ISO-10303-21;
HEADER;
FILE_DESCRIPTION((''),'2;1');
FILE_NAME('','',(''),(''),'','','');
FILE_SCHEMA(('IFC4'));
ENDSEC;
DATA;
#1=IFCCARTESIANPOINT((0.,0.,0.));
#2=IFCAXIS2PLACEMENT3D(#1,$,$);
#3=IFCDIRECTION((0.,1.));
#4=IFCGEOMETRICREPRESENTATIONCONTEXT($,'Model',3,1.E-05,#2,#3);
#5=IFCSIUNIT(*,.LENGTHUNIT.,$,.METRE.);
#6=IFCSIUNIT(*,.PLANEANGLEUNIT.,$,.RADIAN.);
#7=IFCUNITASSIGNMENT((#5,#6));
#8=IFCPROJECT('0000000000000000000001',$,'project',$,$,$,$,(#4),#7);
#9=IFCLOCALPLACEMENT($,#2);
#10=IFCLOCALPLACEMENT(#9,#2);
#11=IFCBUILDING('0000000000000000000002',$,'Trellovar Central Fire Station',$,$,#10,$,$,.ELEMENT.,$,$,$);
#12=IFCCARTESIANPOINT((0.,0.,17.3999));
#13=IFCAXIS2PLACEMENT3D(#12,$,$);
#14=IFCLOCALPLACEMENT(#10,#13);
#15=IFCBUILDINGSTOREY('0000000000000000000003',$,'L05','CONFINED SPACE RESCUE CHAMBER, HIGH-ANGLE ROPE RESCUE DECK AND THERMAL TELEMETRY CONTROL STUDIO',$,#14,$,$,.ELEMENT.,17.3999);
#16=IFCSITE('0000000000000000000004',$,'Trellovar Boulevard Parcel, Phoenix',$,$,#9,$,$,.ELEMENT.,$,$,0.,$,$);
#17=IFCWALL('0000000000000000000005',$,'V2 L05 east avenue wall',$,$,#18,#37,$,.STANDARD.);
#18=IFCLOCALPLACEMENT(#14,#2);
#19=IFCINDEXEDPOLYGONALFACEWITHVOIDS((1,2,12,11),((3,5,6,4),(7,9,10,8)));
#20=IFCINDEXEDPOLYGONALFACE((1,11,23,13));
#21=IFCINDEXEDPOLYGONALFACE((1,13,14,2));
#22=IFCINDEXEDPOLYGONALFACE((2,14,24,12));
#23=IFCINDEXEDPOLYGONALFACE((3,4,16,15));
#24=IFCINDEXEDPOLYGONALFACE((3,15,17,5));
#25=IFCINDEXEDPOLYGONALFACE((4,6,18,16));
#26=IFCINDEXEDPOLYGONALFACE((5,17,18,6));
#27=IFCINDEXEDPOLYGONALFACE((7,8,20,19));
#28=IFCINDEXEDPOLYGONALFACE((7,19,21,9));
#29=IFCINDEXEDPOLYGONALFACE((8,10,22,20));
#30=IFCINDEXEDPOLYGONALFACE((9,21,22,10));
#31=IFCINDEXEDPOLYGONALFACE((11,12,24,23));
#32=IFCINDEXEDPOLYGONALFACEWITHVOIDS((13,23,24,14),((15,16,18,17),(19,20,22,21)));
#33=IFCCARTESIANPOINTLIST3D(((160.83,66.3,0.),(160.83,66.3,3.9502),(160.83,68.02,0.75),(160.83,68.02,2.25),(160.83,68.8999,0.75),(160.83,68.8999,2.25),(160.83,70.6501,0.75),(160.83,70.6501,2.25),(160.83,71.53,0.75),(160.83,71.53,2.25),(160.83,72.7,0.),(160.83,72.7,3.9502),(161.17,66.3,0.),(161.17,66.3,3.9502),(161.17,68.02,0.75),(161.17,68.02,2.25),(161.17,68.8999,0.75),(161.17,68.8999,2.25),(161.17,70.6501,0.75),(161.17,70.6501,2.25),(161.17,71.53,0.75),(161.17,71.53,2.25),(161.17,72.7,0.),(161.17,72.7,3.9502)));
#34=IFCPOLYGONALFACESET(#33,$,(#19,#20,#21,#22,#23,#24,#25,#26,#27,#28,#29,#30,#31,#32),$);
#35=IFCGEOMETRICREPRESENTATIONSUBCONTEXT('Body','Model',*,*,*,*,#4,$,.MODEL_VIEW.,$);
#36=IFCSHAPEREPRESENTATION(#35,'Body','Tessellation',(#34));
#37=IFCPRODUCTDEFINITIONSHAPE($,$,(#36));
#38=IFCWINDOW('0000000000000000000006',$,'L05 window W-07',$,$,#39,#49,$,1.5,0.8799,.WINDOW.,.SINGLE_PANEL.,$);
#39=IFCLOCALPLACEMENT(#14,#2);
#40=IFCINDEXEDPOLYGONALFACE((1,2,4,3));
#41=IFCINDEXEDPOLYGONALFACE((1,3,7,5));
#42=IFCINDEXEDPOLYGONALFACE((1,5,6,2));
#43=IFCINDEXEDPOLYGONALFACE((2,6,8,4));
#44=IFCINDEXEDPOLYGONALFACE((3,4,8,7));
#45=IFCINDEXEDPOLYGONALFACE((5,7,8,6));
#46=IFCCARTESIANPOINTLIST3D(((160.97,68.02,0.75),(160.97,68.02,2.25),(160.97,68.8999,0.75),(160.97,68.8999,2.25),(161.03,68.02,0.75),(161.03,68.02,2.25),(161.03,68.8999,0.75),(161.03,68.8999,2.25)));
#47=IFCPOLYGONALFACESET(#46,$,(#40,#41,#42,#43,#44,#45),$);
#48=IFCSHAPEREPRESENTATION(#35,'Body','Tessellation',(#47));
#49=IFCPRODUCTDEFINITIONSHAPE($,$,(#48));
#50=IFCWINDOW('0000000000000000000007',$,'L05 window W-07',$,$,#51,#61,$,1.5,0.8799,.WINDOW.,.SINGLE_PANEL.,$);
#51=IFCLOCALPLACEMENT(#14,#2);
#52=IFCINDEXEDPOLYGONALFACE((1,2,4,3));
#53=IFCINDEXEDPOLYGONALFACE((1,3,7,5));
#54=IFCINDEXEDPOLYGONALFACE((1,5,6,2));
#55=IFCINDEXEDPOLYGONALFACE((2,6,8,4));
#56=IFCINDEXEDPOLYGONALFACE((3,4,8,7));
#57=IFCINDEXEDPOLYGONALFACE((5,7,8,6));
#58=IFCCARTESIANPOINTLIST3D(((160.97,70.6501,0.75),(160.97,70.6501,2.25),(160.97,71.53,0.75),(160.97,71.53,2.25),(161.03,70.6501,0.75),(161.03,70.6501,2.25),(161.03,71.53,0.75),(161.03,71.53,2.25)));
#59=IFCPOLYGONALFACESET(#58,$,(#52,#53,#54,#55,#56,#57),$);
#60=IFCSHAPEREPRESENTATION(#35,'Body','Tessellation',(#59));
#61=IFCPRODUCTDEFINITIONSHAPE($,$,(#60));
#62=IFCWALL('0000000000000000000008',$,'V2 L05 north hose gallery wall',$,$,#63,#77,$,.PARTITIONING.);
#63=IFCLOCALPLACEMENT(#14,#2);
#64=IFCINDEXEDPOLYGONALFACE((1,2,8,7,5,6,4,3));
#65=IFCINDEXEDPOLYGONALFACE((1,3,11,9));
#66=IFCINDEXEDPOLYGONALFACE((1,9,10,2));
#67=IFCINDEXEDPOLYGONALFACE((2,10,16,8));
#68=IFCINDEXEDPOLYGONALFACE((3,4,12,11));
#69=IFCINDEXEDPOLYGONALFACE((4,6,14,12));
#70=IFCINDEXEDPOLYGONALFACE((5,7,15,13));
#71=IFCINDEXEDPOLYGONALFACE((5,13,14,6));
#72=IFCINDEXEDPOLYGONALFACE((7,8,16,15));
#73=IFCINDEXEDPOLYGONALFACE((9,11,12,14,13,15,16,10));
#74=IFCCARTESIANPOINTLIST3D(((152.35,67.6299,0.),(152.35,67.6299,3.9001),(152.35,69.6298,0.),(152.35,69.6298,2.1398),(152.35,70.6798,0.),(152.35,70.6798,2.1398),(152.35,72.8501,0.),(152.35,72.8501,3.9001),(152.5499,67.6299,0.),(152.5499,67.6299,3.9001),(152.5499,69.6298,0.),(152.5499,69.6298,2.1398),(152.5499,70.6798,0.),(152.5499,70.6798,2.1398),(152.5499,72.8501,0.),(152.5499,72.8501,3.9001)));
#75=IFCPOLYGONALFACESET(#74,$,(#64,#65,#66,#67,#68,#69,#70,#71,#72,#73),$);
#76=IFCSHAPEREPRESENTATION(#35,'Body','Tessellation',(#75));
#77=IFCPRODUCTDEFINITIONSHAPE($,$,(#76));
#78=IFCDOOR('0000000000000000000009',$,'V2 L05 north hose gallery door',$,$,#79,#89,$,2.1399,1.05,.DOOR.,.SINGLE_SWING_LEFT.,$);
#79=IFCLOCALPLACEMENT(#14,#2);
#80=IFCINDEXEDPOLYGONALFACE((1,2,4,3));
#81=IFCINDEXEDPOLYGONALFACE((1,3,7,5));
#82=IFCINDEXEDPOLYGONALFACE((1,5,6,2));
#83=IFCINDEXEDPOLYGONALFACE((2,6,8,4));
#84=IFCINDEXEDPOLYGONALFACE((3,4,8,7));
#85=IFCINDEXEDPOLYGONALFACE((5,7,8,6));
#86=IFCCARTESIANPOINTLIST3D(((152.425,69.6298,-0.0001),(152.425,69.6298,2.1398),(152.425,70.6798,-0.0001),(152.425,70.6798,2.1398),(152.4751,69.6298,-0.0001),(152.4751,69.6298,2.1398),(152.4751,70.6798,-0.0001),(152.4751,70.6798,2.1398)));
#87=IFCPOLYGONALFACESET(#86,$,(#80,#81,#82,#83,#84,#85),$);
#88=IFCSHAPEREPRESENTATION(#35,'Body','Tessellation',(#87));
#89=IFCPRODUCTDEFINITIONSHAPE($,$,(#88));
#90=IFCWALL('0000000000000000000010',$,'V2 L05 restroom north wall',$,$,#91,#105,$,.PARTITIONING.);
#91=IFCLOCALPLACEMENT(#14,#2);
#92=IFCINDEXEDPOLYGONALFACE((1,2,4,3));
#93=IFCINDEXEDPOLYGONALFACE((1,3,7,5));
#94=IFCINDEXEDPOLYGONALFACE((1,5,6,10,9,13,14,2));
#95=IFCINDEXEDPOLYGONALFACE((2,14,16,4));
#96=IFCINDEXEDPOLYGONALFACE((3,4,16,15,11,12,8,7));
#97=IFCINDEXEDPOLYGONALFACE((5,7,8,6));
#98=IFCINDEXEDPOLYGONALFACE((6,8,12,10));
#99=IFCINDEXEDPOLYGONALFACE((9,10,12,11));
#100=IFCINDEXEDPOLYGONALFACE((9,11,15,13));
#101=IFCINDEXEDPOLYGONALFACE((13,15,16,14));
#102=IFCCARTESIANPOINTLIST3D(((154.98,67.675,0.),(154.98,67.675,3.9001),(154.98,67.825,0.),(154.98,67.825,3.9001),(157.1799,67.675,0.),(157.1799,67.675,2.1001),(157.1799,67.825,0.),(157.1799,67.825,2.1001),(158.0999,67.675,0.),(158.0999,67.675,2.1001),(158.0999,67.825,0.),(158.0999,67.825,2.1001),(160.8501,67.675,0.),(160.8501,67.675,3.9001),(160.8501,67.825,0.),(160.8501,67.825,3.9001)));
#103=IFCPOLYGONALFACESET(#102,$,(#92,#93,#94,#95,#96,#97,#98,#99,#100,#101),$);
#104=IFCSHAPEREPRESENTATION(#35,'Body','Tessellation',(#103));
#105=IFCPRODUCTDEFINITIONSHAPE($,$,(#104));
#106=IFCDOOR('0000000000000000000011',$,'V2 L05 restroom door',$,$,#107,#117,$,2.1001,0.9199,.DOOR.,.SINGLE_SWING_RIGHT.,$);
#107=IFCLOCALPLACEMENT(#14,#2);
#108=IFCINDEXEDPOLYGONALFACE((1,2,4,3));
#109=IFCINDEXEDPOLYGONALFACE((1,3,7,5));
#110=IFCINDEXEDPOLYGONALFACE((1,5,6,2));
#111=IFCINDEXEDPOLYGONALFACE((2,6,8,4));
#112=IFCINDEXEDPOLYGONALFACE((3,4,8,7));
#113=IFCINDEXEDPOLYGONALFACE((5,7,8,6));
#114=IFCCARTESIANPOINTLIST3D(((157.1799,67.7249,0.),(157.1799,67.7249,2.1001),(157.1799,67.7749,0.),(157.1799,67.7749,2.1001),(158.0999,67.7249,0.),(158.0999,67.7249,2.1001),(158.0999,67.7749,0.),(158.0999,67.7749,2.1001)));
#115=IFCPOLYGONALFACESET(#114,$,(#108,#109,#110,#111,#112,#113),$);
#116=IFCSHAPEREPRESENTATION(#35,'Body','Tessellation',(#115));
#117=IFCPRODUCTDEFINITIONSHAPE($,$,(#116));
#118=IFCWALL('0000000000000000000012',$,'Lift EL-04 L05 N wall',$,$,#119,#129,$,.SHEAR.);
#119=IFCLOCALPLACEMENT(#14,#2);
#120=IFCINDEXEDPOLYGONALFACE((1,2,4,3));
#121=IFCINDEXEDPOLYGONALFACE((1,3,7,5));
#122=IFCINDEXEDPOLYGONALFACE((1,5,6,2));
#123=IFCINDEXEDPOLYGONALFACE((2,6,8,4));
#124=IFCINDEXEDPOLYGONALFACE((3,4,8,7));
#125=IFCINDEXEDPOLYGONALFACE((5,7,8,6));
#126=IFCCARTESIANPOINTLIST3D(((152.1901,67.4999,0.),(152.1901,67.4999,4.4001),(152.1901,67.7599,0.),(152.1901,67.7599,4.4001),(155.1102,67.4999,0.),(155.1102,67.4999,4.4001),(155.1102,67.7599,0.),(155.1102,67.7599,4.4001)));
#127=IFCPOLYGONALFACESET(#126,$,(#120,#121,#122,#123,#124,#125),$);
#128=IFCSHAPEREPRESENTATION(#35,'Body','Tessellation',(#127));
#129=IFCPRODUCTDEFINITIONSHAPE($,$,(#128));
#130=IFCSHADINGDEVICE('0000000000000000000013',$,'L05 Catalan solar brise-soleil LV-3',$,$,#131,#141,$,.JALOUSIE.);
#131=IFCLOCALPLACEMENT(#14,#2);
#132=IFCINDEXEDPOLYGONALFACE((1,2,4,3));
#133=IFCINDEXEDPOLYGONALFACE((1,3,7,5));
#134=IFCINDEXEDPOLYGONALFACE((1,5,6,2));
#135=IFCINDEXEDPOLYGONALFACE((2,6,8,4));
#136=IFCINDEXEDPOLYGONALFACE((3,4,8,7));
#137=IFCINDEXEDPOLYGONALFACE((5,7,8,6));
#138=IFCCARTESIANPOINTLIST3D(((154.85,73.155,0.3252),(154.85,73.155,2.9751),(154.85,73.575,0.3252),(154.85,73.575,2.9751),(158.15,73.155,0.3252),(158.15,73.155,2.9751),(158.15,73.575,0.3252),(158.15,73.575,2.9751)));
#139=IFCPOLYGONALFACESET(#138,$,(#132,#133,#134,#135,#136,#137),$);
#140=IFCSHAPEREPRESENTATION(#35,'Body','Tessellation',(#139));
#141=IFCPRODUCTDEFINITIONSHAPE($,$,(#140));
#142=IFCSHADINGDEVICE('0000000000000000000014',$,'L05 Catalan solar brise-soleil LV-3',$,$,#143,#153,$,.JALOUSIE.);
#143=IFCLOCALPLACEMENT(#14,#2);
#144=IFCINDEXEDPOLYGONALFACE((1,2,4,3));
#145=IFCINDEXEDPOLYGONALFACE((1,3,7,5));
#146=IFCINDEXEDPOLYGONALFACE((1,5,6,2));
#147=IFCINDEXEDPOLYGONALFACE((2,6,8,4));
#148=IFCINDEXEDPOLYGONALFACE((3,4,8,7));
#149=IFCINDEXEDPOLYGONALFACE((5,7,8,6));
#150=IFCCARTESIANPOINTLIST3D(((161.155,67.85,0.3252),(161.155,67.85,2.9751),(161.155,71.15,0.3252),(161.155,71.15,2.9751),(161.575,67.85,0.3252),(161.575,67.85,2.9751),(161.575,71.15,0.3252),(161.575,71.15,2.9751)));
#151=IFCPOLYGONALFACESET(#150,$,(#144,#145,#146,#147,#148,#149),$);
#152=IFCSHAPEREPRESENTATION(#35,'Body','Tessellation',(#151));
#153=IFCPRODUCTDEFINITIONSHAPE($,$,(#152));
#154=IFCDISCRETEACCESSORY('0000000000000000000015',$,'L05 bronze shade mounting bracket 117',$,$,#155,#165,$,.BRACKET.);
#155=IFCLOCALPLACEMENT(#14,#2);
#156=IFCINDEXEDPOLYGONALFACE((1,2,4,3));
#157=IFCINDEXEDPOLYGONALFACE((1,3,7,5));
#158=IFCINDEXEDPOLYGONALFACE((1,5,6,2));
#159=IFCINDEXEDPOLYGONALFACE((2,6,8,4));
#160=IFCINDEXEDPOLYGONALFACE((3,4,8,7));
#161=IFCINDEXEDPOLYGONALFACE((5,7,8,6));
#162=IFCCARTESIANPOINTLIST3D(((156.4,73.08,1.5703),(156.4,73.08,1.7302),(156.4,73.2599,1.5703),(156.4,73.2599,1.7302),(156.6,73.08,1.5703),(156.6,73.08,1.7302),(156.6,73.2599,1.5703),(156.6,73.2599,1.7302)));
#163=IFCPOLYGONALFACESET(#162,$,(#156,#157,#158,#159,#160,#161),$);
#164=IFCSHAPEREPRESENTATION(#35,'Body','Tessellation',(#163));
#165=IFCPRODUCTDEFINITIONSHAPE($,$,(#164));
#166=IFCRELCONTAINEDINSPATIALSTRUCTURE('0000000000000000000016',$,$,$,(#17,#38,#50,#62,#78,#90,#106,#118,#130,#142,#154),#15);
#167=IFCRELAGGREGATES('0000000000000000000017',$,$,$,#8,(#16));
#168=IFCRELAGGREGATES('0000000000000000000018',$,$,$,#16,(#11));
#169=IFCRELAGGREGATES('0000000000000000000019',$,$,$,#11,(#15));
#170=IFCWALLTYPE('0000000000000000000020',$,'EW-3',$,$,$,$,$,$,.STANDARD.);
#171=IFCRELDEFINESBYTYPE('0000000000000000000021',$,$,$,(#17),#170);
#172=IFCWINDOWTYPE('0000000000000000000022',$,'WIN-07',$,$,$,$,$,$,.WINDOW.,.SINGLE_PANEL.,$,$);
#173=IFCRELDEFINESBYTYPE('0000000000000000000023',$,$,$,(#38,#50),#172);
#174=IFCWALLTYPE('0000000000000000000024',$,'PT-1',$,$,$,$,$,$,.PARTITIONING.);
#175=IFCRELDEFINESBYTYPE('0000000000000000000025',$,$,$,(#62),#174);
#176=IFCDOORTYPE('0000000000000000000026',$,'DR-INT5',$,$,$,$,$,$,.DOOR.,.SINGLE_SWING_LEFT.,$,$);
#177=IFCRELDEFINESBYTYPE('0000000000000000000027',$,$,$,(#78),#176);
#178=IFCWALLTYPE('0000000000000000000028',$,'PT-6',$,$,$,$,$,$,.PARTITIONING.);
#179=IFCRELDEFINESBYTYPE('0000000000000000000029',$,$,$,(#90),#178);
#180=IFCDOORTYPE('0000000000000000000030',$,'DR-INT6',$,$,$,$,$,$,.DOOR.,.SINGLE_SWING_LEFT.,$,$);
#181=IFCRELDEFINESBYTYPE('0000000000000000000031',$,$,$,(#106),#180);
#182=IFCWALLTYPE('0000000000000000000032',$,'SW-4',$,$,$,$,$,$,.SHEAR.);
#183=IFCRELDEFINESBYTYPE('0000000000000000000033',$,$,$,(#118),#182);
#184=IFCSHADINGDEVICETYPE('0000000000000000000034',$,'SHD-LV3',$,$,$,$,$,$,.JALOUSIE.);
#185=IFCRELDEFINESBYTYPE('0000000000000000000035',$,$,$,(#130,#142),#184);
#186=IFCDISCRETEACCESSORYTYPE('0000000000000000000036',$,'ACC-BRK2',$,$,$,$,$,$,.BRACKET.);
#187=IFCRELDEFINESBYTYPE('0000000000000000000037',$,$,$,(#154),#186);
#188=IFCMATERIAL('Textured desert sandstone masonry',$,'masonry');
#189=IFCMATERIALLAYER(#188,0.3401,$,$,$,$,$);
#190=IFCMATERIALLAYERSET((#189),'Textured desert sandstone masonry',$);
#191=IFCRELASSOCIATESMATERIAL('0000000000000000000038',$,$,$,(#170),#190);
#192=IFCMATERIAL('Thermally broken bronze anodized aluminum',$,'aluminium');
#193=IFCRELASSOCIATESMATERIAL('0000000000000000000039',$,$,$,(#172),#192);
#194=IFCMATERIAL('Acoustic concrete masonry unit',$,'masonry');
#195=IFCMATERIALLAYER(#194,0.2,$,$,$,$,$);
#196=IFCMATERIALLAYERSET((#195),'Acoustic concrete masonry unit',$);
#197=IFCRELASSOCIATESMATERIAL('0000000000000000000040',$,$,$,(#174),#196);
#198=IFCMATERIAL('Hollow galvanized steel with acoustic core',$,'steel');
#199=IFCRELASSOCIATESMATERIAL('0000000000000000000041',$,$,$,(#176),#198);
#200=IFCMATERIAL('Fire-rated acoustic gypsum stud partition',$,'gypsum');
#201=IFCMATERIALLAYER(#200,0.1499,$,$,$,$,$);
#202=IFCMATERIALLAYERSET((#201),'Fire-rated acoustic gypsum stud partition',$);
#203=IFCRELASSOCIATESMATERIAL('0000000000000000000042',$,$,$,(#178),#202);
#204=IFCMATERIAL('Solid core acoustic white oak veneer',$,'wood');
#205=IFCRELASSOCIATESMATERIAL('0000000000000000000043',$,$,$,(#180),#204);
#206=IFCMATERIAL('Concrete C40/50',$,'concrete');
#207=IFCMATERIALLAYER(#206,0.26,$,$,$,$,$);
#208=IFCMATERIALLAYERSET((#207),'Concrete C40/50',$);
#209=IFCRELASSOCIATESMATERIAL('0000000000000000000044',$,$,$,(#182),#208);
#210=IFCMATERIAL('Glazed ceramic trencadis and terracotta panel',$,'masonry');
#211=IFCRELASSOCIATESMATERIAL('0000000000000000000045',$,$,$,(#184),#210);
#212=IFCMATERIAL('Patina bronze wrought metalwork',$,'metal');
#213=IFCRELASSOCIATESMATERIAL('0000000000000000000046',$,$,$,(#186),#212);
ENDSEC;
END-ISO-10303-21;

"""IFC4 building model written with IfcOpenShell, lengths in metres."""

from ifc_helpers import new_model, si_unit, direction, frame, frame_2d, origin, origin_2d, place, context, subcontext, project, spatial, rectangle, extrude, material, layer, layer_set, type_object, element, fill, save


model = new_model("IFC4")

# Units and contexts
model_context = context("Model", 3, precision=1e-05, world=origin(), true_north=direction((0.0, 1.0)))
body_context = subcontext(model_context, "Body", "Model", "MODEL_VIEW")
ifc_project = project(units=[si_unit("LENGTHUNIT", "METRE"), si_unit("PLANEANGLEUNIT", "RADIAN")], contexts=[model_context])

# Site, building, storey
site_placement = place(None, origin())
site = spatial("IfcSite", under=ifc_project, at=site_placement, Name="Trellovar Boulevard Parcel, Phoenix", CompositionType="ELEMENT", RefElevation=0.0)
building_placement = place(site_placement, origin())
building = spatial("IfcBuilding", under=site, at=building_placement, Name="Trellovar Central Fire Station", CompositionType="ELEMENT")
storey_placement = place(building_placement, frame((0.0, 0.0, 17.3999)))
storey = spatial("IfcBuildingStorey", under=building, at=storey_placement, Name="L05", Description="CONFINED SPACE RESCUE CHAMBER, HIGH-ANGLE ROPE RESCUE DECK AND THERMAL TELEMETRY CONTROL STUDIO", CompositionType="ELEMENT", Elevation=17.3999)

# Wall, openings, windows
ifc_material_1 = material(Name="Textured desert sandstone masonry", Category="masonry")
ifc_layer_1 = layer(ifc_material_1, 0.3401)
ifc_layer_set_1 = layer_set([ifc_layer_1], Name="Textured desert sandstone masonry")
wall_type_1 = type_object("IfcWallType", Name="EW-3", PredefinedType="STANDARD", material=ifc_layer_set_1)
ifc_material_2 = material(Name="Thermally broken bronze anodized aluminum", Category="aluminium")
window_type = type_object("IfcWindowType", Name="WIN-07", PartitioningType="SINGLE_PANEL", PredefinedType="WINDOW", material=ifc_material_2)
wall_1_placement = place(storey_placement, frame((161.0, 66.3, 0.0), z_axis=(0.0, 0.0, 1.0), x_axis=(0.0, 1.0, 0.0)))
wall_1 = element("IfcWall", 1, at=wall_1_placement, inside=storey, type_object=wall_type_1, Name="V2 L05 east avenue wall", PredefinedType="STANDARD", context=body_context, shape_type="SweptSolid", body=[
    extrude(rectangle(XDim=6.3999, YDim=0.3401, at=frame_2d((3.2, 0.0))), origin(), (0.0, 0.0, 1.0), 3.9502),
])
opening_1_placement = place(wall_1_placement, frame((1.72, 0.0, 0.75)))
opening_1 = element("IfcOpeningElement", 2, at=opening_1_placement, cuts=wall_1, PredefinedType="OPENING", context=body_context, shape_type="SweptSolid", body=[
    extrude(rectangle(XDim=0.8799, YDim=1.5, at=frame_2d((0.4399, 0.75))), frame((0.0, 0.1799, 0.0), z_axis=(0.0, -1.0, 0.0), x_axis=(1.0, 0.0, 0.0)), (0.0, 0.0, 1.0), 0.3601),
])
opening_2_placement = place(wall_1_placement, frame((4.3501, 0.0, 0.75)))
opening_2 = element("IfcOpeningElement", 3, at=opening_2_placement, cuts=wall_1, PredefinedType="OPENING", context=body_context, shape_type="SweptSolid", body=[
    extrude(rectangle(XDim=0.8799, YDim=1.5, at=frame_2d((0.4399, 0.75))), frame((0.0, 0.1799, 0.0), z_axis=(0.0, -1.0, 0.0), x_axis=(1.0, 0.0, 0.0)), (0.0, 0.0, 1.0), 0.3601),
])
window_1_placement = place(opening_1_placement, origin())
window_1 = element("IfcWindow", 4, at=window_1_placement, inside=storey, type_object=window_type, Name="L05 window W-07", OverallHeight=1.5, OverallWidth=0.8799, PartitioningType="SINGLE_PANEL", PredefinedType="WINDOW", context=body_context, shape_type="SweptSolid", body=[
    extrude(rectangle(XDim=0.8799, YDim=1.5, at=frame_2d((0.4399, 0.75))), frame((0.0, 0.03, 0.0), z_axis=(0.0, -1.0, 0.0), x_axis=(1.0, 0.0, 0.0)), (0.0, 0.0, 1.0), 0.0601),
])
fill(opening_1, window_1)
window_2_placement = place(opening_2_placement, origin())
window_2 = element("IfcWindow", 5, at=window_2_placement, inside=storey, type_object=window_type, Name="L05 window W-07", OverallHeight=1.5, OverallWidth=0.8799, PartitioningType="SINGLE_PANEL", PredefinedType="WINDOW", context=body_context, shape_type="SweptSolid", body=[
    extrude(rectangle(XDim=0.8799, YDim=1.5, at=frame_2d((0.4399, 0.75))), frame((0.0, 0.03, 0.0), z_axis=(0.0, -1.0, 0.0), x_axis=(1.0, 0.0, 0.0)), (0.0, 0.0, 1.0), 0.0601),
])
fill(opening_2, window_2)

# Walls, openings, doors
ifc_material_3 = material(Name="Acoustic concrete masonry unit", Category="masonry")
ifc_layer_2 = layer(ifc_material_3, 0.2)
ifc_layer_set_2 = layer_set([ifc_layer_2], Name="Acoustic concrete masonry unit")
wall_type_2 = type_object("IfcWallType", Name="PT-1", PredefinedType="PARTITIONING", material=ifc_layer_set_2)
wall_2_placement = place(storey_placement, frame((152.45, 67.6299, 0.0), z_axis=(0.0, 0.0, 1.0), x_axis=(0.0, 1.0, 0.0)))
wall_2 = element("IfcWall", 6, at=wall_2_placement, inside=storey, type_object=wall_type_2, Name="V2 L05 north hose gallery wall", PredefinedType="PARTITIONING", context=body_context, shape_type="SweptSolid", body=[
    extrude(rectangle(XDim=5.2202, YDim=0.2, at=frame_2d((2.6101, 0.0))), origin(), (0.0, 0.0, 1.0), 3.9001),
])
opening_3_placement = place(wall_2_placement, frame((2.0, 0.0, 0.0)))
opening_3 = element("IfcOpeningElement", 7, at=opening_3_placement, cuts=wall_2, PredefinedType="OPENING", context=body_context, shape_type="SweptSolid", body=[
    extrude(rectangle(XDim=1.05, YDim=2.1399, at=frame_2d((0.5249, 1.0698))), frame((0.0, 0.1099, 0.0), z_axis=(0.0, -1.0, 0.0), x_axis=(1.0, 0.0, 0.0)), (0.0, 0.0, 1.0), 0.22),
])
ifc_material_4 = material(Name="Hollow galvanized steel with acoustic core", Category="steel")
door_type_1 = type_object("IfcDoorType", Name="DR-INT5", OperationType="SINGLE_SWING_LEFT", PredefinedType="DOOR", material=ifc_material_4)
door_1_placement = place(opening_3_placement, origin())
door_1 = element("IfcDoor", 8, at=door_1_placement, inside=storey, type_object=door_type_1, Name="V2 L05 north hose gallery door", OperationType="SINGLE_SWING_LEFT", OverallHeight=2.1399, OverallWidth=1.05, PredefinedType="DOOR", context=body_context, shape_type="SweptSolid", body=[
    extrude(rectangle(XDim=1.05, YDim=2.1399, at=frame_2d((0.5249, 1.0698))), frame((0.0, 0.0249, 0.0), z_axis=(0.0, -1.0, 0.0), x_axis=(1.0, 0.0, 0.0)), (0.0, 0.0, 1.0), 0.05),
])
fill(opening_3, door_1)
ifc_material_5 = material(Name="Fire-rated acoustic gypsum stud partition", Category="gypsum")
ifc_layer_3 = layer(ifc_material_5, 0.1499)
ifc_layer_set_3 = layer_set([ifc_layer_3], Name="Fire-rated acoustic gypsum stud partition")
wall_type_3 = type_object("IfcWallType", Name="PT-6", PredefinedType="PARTITIONING", material=ifc_layer_set_3)
wall_3_placement = place(storey_placement, frame((154.98, 67.75, 0.0), z_axis=(0.0, 0.0, 1.0), x_axis=(1.0, 0.0, 0.0)))
wall_3 = element("IfcWall", 9, at=wall_3_placement, inside=storey, type_object=wall_type_3, Name="V2 L05 restroom north wall", PredefinedType="PARTITIONING", context=body_context, shape_type="SweptSolid", body=[
    extrude(rectangle(XDim=5.8701, YDim=0.1499, at=frame_2d((2.9351, 0.0))), origin(), (0.0, 0.0, 1.0), 3.9001),
])
opening_4_placement = place(wall_3_placement, frame((2.2, 0.0, 0.0)))
opening_4 = element("IfcOpeningElement", 10, at=opening_4_placement, cuts=wall_3, PredefinedType="OPENING", context=body_context, shape_type="SweptSolid", body=[
    extrude(rectangle(XDim=0.9199, YDim=2.1001, at=frame_2d((0.46, 1.05))), frame((0.0, 0.085, 0.0), z_axis=(0.0, -1.0, 0.0), x_axis=(1.0, 0.0, 0.0)), (0.0, 0.0, 1.0), 0.1699),
])
ifc_material_6 = material(Name="Solid core acoustic white oak veneer", Category="wood")
door_type_2 = type_object("IfcDoorType", Name="DR-INT6", OperationType="SINGLE_SWING_LEFT", PredefinedType="DOOR", material=ifc_material_6)
door_2_placement = place(opening_4_placement, origin())
door_2 = element("IfcDoor", 11, at=door_2_placement, inside=storey, type_object=door_type_2, Name="V2 L05 restroom door", OperationType="SINGLE_SWING_RIGHT", OverallHeight=2.1001, OverallWidth=0.9199, PredefinedType="DOOR", context=body_context, shape_type="SweptSolid", body=[
    extrude(rectangle(XDim=0.9199, YDim=2.1001, at=frame_2d((0.46, 1.05))), frame((0.0, 0.0249, 0.0), z_axis=(0.0, -1.0, 0.0), x_axis=(1.0, 0.0, 0.0)), (0.0, 0.0, 1.0), 0.05),
])
fill(opening_4, door_2)

# Wall
ifc_material_7 = material(Name="Concrete C40/50", Category="concrete")
ifc_layer_4 = layer(ifc_material_7, 0.26)
ifc_layer_set_4 = layer_set([ifc_layer_4], Name="Concrete C40/50")
wall_type_4 = type_object("IfcWallType", Name="SW-4", PredefinedType="SHEAR", material=ifc_layer_set_4)
wall_4_placement = place(storey_placement, frame((155.1101, 67.6299, 0.0), z_axis=(0.0, 0.0, 1.0), x_axis=(-1.0, 0.0, 0.0)))
element("IfcWall", 12, at=wall_4_placement, inside=storey, type_object=wall_type_4, Name="Lift EL-04 L05 N wall", PredefinedType="SHEAR", context=body_context, shape_type="SweptSolid", body=[
    extrude(rectangle(XDim=2.9202, YDim=0.26, at=frame_2d((1.46, 0.0))), origin(), (0.0, 0.0, 1.0), 4.4001),
])

# Shading devices
ifc_material_8 = material(Name="Glazed ceramic trencadis and terracotta panel", Category="masonry")
shading_device_type = type_object("IfcShadingDeviceType", Name="SHD-LV3", PredefinedType="JALOUSIE", material=ifc_material_8)
for number, where, z_axis, x_axis, name in (
    (13, (156.5, 73.365, 0.3252), (0.0, 0.0, 1.0), (1.0, 0.0, 0.0), "L05 Catalan solar brise-soleil LV-3"),
    (14, (161.365, 69.5, 0.3252), (0.0, 0.0, 1.0), (0.0, 1.0, 0.0), "L05 Catalan solar brise-soleil LV-3"),
):
    element("IfcShadingDevice", number, at=place(storey_placement, frame(where, z_axis=z_axis, x_axis=x_axis)), inside=storey, type_object=shading_device_type, Name=name, PredefinedType="JALOUSIE", context=body_context, shape_type="SweptSolid", body=[
        extrude(rectangle(XDim=3.3, YDim=0.4199, at=origin_2d()), origin(), (0.0, 0.0, 1.0), 2.6499),
    ])

# Discrete accessory
ifc_material_9 = material(Name="Patina bronze wrought metalwork", Category="metal")
discrete_accessory_type = type_object("IfcDiscreteAccessoryType", Name="ACC-BRK2", PredefinedType="BRACKET", material=ifc_material_9)
for number, where, z_axis, x_axis, name in (
    (15, (156.5, 73.1699, 1.5703), (0.0, 0.0, 1.0), (1.0, 0.0, 0.0), "L05 bronze shade mounting bracket 117"),
):
    element("IfcDiscreteAccessory", number, at=place(storey_placement, frame(where, z_axis=z_axis, x_axis=x_axis)), inside=storey, type_object=discrete_accessory_type, Name=name, PredefinedType="BRACKET", context=body_context, shape_type="SweptSolid", body=[
        extrude(rectangle(XDim=0.2, YDim=0.1799, at=origin_2d()), origin(), (0.0, 0.0, 1.0), 0.1599),
    ])

save(model, "model.ifc")
